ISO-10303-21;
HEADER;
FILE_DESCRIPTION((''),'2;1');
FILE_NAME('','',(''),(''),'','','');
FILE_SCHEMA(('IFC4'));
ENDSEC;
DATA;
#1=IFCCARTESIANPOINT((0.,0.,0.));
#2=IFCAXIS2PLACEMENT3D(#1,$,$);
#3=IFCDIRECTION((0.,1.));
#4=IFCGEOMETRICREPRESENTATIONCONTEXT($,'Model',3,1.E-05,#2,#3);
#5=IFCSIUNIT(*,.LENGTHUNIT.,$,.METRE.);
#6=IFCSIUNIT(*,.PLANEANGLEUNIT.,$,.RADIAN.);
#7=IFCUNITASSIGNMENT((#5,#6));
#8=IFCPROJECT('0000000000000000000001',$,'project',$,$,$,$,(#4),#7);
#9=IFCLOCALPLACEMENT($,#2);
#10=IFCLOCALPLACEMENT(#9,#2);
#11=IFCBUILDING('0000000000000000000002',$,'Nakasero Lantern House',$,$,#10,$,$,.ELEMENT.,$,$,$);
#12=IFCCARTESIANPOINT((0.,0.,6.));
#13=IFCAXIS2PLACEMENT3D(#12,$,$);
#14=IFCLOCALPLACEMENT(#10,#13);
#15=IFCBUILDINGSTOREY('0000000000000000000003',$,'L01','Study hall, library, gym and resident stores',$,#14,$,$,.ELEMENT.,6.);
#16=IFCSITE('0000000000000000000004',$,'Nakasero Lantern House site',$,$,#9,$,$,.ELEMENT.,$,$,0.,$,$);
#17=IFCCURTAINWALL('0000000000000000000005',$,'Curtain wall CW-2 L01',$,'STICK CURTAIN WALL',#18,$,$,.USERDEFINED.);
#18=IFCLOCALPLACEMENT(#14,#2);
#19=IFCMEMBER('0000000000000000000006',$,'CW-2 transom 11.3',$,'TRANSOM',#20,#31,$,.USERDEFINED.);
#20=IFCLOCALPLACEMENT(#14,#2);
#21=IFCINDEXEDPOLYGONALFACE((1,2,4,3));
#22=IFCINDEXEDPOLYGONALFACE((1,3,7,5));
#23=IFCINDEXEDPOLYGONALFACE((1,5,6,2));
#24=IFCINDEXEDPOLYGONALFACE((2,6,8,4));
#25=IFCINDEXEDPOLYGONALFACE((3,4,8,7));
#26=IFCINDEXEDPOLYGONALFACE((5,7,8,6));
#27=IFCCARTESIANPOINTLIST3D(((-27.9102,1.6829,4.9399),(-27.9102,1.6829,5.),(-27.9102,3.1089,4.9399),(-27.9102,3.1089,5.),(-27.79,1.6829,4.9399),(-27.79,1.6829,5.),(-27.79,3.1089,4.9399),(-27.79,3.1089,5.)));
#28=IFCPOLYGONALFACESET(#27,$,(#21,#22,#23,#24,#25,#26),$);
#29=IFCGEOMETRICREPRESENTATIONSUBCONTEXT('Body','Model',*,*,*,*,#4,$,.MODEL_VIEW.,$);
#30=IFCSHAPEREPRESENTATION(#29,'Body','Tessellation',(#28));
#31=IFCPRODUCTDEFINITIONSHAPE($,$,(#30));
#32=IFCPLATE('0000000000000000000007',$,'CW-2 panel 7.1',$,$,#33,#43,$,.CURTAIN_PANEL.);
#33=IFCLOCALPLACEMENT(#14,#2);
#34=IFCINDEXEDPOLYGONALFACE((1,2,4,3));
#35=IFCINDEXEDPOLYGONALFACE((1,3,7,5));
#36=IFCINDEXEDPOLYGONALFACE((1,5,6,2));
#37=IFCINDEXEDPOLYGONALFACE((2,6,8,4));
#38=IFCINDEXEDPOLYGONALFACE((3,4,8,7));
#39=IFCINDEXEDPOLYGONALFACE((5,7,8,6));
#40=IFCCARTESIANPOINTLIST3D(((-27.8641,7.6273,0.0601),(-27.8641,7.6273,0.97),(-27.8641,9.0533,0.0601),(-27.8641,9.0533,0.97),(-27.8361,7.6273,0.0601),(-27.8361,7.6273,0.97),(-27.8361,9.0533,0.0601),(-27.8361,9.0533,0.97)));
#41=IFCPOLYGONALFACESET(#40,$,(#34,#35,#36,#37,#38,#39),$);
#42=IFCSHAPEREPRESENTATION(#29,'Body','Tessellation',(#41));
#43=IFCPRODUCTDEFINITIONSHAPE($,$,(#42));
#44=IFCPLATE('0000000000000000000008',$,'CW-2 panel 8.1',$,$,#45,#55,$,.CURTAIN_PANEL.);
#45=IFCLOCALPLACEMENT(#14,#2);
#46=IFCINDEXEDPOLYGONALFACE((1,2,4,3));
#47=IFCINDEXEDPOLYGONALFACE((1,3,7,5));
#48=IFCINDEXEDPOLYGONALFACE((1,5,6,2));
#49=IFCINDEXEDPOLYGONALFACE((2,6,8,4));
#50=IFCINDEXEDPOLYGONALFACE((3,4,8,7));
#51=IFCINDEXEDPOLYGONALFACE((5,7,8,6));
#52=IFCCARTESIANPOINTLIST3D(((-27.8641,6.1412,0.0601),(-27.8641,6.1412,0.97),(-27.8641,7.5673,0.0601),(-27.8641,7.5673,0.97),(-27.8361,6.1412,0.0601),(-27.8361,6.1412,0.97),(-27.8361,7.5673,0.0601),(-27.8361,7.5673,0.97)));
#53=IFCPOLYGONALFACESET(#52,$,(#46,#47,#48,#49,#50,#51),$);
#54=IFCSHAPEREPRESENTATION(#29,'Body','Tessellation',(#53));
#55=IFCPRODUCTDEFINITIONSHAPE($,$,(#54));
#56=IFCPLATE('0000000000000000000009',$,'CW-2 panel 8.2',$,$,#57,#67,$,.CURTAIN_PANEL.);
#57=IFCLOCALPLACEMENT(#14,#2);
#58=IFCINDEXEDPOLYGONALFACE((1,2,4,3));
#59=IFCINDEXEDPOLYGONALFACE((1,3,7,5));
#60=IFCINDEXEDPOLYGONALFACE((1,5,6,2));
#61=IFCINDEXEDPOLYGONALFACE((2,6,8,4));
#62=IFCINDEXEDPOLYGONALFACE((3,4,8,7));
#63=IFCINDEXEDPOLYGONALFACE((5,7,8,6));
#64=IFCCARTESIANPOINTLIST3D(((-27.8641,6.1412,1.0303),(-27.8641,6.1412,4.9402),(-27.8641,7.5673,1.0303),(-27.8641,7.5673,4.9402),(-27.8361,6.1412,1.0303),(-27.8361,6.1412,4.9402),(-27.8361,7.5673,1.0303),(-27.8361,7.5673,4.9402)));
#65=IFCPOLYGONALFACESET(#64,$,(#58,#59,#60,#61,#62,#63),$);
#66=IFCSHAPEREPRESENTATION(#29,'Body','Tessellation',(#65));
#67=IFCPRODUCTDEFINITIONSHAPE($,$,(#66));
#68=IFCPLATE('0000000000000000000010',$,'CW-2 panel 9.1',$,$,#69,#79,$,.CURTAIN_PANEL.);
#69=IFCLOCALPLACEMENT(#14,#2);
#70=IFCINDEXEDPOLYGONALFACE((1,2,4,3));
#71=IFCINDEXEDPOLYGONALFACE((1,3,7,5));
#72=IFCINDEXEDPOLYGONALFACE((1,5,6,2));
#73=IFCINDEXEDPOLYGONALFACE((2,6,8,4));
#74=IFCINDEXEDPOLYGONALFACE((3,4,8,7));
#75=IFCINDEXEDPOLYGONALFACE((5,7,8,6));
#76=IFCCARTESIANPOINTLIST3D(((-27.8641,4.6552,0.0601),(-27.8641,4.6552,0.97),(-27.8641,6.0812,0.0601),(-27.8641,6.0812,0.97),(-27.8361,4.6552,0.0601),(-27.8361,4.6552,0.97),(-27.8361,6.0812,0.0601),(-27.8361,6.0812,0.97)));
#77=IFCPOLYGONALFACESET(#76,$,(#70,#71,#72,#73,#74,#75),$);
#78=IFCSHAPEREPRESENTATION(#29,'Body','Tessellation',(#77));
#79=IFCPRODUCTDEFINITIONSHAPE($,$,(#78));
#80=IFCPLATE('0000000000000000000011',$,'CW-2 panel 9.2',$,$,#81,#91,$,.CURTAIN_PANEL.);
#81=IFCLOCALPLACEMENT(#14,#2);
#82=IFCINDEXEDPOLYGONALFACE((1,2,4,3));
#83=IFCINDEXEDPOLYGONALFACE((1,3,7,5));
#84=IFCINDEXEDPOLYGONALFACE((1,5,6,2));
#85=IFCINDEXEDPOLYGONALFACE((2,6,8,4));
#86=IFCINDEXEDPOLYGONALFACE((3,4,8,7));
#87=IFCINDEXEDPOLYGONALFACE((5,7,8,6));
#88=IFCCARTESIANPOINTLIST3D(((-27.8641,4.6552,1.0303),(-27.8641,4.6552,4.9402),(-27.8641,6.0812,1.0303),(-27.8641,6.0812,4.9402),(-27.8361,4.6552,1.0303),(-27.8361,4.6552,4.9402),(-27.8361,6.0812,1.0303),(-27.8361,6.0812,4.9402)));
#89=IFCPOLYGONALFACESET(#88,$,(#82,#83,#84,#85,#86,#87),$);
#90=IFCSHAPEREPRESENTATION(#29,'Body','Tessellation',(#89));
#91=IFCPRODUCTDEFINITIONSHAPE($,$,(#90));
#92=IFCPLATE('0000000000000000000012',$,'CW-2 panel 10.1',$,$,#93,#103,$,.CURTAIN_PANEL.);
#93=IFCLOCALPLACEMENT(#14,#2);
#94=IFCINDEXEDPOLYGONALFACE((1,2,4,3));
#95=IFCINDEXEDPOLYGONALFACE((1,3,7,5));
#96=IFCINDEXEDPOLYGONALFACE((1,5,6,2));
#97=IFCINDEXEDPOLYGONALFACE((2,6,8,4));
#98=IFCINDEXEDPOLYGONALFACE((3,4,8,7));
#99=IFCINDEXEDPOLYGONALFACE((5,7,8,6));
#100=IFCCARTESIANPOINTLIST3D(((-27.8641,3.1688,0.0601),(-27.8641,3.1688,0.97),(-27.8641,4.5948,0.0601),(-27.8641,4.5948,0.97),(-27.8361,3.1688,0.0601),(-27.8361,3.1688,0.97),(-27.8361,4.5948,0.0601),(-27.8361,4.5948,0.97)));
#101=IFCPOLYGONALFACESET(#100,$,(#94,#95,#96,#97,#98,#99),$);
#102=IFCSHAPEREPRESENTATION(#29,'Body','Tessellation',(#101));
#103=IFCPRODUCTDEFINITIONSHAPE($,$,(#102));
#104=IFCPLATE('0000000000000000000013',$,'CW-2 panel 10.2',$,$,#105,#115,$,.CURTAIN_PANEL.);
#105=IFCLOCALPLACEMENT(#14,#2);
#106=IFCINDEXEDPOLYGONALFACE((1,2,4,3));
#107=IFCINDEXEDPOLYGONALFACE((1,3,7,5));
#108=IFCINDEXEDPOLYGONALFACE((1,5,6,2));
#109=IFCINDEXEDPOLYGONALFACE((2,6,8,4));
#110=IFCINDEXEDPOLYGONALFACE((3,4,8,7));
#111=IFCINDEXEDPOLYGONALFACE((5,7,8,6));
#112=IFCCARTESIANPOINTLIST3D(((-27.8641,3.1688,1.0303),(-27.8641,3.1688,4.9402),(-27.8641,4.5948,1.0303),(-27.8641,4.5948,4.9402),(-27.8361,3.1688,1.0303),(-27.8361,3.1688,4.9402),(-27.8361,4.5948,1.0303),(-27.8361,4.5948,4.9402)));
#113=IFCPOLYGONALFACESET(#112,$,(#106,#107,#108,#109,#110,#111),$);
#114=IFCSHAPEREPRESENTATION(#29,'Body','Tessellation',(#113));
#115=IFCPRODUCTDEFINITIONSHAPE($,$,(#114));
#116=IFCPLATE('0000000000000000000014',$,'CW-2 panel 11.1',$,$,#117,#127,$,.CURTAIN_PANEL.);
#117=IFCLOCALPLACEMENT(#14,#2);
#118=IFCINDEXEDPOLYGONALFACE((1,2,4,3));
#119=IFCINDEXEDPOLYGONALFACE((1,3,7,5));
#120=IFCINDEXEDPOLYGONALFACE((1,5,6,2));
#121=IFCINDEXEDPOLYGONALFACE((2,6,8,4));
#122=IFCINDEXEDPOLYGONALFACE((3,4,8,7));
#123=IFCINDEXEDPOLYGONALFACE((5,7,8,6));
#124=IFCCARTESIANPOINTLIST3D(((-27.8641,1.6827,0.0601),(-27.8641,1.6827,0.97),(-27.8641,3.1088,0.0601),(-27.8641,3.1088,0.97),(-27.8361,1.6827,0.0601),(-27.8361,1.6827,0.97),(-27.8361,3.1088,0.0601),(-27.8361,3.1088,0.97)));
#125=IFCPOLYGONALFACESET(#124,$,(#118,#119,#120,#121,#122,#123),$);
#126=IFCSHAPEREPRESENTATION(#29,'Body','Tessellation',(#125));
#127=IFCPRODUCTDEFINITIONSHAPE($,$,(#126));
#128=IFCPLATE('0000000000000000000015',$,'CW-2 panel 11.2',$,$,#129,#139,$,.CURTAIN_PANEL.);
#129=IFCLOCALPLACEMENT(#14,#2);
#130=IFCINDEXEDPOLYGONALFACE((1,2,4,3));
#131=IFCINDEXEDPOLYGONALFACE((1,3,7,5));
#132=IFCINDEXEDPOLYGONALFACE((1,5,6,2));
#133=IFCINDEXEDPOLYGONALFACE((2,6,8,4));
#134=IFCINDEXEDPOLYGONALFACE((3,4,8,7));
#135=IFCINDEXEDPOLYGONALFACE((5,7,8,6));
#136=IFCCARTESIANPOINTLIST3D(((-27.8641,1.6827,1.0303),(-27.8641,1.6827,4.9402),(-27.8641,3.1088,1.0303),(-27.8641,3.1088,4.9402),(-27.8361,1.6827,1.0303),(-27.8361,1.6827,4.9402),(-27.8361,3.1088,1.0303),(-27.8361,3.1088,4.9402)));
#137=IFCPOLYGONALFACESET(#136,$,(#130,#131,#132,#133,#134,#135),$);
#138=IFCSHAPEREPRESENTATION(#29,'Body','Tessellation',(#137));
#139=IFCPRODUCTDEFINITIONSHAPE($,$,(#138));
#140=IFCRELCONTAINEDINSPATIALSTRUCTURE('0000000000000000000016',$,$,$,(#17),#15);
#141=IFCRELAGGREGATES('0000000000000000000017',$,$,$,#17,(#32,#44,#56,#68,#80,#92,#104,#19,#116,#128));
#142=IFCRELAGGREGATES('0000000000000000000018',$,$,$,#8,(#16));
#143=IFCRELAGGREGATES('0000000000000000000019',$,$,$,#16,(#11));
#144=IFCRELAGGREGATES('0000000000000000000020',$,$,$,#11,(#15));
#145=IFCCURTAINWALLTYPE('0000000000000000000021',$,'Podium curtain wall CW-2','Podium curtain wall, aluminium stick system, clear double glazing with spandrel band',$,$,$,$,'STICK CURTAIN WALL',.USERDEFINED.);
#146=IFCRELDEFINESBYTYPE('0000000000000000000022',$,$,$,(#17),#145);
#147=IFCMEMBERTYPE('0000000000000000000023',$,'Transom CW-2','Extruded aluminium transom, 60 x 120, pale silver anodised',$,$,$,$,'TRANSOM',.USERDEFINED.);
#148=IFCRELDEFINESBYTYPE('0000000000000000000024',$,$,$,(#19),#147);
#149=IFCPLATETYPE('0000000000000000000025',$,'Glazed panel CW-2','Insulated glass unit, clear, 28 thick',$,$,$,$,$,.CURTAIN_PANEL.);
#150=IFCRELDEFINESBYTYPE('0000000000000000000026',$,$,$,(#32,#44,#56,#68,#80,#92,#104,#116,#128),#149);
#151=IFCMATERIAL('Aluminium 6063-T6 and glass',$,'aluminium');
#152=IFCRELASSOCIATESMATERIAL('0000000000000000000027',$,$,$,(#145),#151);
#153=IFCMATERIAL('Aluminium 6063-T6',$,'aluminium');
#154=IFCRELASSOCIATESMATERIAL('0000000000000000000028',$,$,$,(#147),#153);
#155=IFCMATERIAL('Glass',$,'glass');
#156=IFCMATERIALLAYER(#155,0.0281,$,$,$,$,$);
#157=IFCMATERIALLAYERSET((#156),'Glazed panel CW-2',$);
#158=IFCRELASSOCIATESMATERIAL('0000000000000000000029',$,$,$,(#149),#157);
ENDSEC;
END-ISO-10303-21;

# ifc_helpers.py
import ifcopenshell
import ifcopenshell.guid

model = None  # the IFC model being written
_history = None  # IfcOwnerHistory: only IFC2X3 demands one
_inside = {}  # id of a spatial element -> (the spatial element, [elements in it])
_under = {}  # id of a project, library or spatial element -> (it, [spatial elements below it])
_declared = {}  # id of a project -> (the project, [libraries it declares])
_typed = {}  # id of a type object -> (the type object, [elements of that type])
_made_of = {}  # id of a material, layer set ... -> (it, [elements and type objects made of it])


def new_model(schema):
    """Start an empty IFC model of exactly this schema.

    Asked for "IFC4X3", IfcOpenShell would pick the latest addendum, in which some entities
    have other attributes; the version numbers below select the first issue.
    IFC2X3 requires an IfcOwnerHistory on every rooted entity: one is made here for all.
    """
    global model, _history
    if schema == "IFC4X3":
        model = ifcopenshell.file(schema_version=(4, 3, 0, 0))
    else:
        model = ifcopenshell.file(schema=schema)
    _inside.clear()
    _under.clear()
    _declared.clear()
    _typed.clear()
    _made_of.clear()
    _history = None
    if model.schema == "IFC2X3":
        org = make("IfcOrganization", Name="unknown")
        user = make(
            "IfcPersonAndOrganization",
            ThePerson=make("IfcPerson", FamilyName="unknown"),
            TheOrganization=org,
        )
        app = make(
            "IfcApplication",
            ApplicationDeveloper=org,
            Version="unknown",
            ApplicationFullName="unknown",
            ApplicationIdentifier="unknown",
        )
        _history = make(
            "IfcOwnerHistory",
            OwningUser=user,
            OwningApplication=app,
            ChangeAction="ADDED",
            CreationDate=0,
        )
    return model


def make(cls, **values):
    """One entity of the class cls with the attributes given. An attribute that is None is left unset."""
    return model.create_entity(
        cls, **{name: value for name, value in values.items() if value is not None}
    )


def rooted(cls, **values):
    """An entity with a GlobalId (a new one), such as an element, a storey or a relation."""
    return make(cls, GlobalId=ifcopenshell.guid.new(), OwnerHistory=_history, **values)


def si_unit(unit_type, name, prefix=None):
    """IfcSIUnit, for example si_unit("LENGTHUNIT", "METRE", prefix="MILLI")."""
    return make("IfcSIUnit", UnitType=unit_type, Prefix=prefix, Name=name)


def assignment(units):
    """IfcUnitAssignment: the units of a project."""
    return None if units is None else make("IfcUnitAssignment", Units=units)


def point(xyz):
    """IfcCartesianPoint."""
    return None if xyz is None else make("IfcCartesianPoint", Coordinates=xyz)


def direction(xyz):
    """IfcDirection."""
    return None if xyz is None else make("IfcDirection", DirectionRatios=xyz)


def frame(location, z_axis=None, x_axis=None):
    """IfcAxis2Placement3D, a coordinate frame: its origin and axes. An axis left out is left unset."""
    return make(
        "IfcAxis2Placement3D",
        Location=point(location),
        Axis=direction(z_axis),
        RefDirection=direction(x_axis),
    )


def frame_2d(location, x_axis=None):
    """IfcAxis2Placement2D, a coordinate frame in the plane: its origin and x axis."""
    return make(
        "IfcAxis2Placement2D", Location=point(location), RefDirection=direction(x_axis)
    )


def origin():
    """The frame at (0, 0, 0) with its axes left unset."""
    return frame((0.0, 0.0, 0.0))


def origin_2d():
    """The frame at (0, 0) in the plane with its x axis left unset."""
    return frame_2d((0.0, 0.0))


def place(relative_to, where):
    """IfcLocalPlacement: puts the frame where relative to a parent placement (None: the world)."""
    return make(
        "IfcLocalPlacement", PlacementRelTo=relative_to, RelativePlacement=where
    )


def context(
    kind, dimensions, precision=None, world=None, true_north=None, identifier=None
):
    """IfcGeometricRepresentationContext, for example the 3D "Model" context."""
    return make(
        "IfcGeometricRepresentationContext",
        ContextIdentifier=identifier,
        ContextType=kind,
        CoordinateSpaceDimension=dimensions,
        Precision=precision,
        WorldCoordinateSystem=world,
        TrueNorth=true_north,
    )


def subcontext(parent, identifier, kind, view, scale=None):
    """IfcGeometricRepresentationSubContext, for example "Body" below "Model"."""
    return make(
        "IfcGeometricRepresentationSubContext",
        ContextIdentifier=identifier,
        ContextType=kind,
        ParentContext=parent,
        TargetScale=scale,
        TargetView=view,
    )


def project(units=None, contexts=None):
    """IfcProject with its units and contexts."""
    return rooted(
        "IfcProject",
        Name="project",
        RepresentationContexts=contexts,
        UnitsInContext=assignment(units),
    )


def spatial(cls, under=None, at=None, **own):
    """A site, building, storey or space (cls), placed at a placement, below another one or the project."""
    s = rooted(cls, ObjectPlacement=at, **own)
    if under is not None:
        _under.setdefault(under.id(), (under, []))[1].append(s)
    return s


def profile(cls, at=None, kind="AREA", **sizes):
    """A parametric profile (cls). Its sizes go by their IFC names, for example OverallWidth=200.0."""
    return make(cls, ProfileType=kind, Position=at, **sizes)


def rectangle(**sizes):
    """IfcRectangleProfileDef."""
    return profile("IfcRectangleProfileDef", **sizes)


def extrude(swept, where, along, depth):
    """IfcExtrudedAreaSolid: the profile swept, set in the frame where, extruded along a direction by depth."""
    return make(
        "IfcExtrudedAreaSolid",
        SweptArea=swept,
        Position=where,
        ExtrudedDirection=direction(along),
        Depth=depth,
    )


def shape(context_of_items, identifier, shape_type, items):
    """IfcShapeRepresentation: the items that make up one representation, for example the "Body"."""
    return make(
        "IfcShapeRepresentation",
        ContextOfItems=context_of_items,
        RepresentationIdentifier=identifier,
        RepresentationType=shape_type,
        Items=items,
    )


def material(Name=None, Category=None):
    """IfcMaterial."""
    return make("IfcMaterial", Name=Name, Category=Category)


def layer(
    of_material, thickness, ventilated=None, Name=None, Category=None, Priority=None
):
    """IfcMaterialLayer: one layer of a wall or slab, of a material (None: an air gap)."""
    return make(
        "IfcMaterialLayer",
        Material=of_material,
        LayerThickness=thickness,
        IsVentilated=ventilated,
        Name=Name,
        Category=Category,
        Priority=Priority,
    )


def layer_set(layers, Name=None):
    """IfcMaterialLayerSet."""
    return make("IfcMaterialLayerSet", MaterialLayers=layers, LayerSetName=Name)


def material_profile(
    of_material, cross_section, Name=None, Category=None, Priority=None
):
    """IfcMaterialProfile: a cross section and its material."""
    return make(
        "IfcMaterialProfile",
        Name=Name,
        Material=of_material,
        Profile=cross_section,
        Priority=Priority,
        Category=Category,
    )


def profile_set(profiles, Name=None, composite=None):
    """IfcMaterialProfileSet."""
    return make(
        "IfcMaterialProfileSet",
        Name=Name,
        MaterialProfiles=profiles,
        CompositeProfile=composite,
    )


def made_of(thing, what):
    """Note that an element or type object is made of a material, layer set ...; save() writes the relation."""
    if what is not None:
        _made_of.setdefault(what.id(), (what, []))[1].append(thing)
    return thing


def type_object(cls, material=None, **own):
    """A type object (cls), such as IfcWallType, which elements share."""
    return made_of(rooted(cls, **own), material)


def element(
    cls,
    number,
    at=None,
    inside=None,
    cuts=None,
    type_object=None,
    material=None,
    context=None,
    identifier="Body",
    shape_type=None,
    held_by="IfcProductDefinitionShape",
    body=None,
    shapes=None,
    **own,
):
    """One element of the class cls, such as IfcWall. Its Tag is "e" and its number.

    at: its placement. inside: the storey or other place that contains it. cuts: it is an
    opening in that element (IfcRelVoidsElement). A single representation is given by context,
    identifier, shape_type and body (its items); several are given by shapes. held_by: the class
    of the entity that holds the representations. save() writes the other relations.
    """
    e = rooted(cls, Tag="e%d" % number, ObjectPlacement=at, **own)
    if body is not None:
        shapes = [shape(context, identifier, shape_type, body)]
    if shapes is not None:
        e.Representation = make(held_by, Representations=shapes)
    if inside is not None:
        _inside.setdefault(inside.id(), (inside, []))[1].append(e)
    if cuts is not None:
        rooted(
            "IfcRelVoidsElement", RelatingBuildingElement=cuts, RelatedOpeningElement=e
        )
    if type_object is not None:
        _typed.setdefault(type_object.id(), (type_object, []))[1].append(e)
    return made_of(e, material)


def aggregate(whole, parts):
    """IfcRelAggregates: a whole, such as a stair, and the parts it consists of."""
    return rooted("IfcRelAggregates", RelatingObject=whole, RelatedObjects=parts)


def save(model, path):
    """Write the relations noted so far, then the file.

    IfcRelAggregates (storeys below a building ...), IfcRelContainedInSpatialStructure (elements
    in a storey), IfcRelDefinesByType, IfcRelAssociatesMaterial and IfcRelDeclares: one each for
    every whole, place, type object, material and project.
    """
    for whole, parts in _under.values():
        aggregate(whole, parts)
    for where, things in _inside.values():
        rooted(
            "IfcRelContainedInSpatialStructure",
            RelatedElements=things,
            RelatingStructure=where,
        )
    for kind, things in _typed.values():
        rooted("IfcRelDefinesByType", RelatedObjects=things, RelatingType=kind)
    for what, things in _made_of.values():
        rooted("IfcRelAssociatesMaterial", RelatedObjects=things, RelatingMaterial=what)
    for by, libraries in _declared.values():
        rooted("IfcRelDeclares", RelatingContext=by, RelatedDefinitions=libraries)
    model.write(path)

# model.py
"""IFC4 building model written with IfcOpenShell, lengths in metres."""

from ifc_helpers import new_model, si_unit, direction, frame, origin, origin_2d, place, context, subcontext, project, spatial, rectangle, extrude, material, layer, layer_set, material_profile, profile_set, type_object, element, aggregate, save


model = new_model("IFC4")

# Units and contexts
model_context = context("Model", 3, precision=1e-05, world=origin(), true_north=direction((0.0, 1.0)))
body_context = subcontext(model_context, "Body", "Model", "MODEL_VIEW")
ifc_project = project(units=[si_unit("LENGTHUNIT", "METRE"), si_unit("PLANEANGLEUNIT", "RADIAN")], contexts=[model_context])

# Site, building, storey
site_placement = place(None, origin())
site = spatial("IfcSite", under=ifc_project, at=site_placement, Name="Nakasero Lantern House site", CompositionType="ELEMENT", RefElevation=0.0)
building_placement = place(site_placement, origin())
building = spatial("IfcBuilding", under=site, at=building_placement, Name="Nakasero Lantern House", CompositionType="ELEMENT")
storey_placement = place(building_placement, frame((0.0, 0.0, 6.0)))
storey = spatial("IfcBuildingStorey", under=building, at=storey_placement, Name="L01", Description="Study hall, library, gym and resident stores", CompositionType="ELEMENT", Elevation=6.0)

# Curtain wall
ifc_material_1 = material(Name="Aluminium 6063-T6 and glass", Category="aluminium")
curtain_wall_type = type_object("IfcCurtainWallType", Name="Podium curtain wall CW-2", Description="Podium curtain wall, aluminium stick system, clear double glazing with spandrel band", ElementType="STICK CURTAIN WALL", PredefinedType="USERDEFINED", material=ifc_material_1)
curtain_wall_placement = place(storey_placement, origin())
curtain_wall = element("IfcCurtainWall", 1, at=curtain_wall_placement, inside=storey, type_object=curtain_wall_type, Name="Curtain wall CW-2 L01", ObjectType="STICK CURTAIN WALL", PredefinedType="USERDEFINED")

# Member
ifc_material_2 = material(Name="Aluminium 6063-T6", Category="aluminium")
ifc_material_profile_1 = material_profile(ifc_material_2, rectangle(XDim=0.0601, YDim=0.1201, at=origin_2d()), Name="CW-2 transom 60x120")
ifc_profile_set_1 = profile_set([ifc_material_profile_1], Name="Aluminium 6063-T6")
member_type_1 = type_object("IfcMemberType", Name="Transom CW-2", Description="Extruded aluminium transom, 60 x 120, pale silver anodised", ElementType="TRANSOM", PredefinedType="USERDEFINED", material=ifc_profile_set_1)
member_1_placement = place(storey_placement, frame((-27.8501, 3.1089, 4.97), z_axis=(0.0, -1.0, 0.0), x_axis=(0.0, 0.0, 1.0)))
member_1 = element("IfcMember", 2, at=member_1_placement, type_object=member_type_1, Name="CW-2 transom 11.3", ObjectType="TRANSOM", PredefinedType="USERDEFINED", context=body_context, shape_type="SweptSolid", body=[
    extrude(rectangle(XDim=0.0601, YDim=0.1201, at=origin_2d()), origin(), (0.0, 0.0, 1.0), 1.426),
])

# Plates
ifc_material_3 = material(Name="Glass", Category="glass")
ifc_layer = layer(ifc_material_3, 0.0281)
ifc_layer_set = layer_set([ifc_layer], Name="Glazed panel CW-2")
plate_type = type_object("IfcPlateType", Name="Glazed panel CW-2", Description="Insulated glass unit, clear, 28 thick", PredefinedType="CURTAIN_PANEL", material=ifc_layer_set)
plate_1_placement = place(storey_placement, frame((-27.8501, 8.3403, 0.0601), z_axis=(0.0, 0.0, 1.0), x_axis=(0.0, -1.0, 0.0)))
plate_1 = element("IfcPlate", 3, at=plate_1_placement, type_object=plate_type, Name="CW-2 panel 7.1", PredefinedType="CURTAIN_PANEL", context=body_context, shape_type="SweptSolid", body=[
    extrude(rectangle(XDim=1.426, YDim=0.0281, at=origin_2d()), origin(), (0.0, 0.0, 1.0), 0.9099),
])
plate_2_placement = place(storey_placement, frame((-27.8501, 6.8542, 0.0601), z_axis=(0.0, 0.0, 1.0), x_axis=(0.0, -1.0, 0.0)))
plate_2 = element("IfcPlate", 4, at=plate_2_placement, type_object=plate_type, Name="CW-2 panel 8.1", PredefinedType="CURTAIN_PANEL", context=body_context, shape_type="SweptSolid", body=[
    extrude(rectangle(XDim=1.426, YDim=0.0281, at=origin_2d()), origin(), (0.0, 0.0, 1.0), 0.9099),
])
plate_3_placement = place(storey_placement, frame((-27.8501, 6.8542, 1.0303), z_axis=(0.0, 0.0, 1.0), x_axis=(0.0, -1.0, 0.0)))
plate_3 = element("IfcPlate", 5, at=plate_3_placement, type_object=plate_type, Name="CW-2 panel 8.2", PredefinedType="CURTAIN_PANEL", context=body_context, shape_type="SweptSolid", body=[
    extrude(rectangle(XDim=1.426, YDim=0.0281, at=origin_2d()), origin(), (0.0, 0.0, 1.0), 3.9099),
])
plate_4_placement = place(storey_placement, frame((-27.8501, 5.3682, 0.0601), z_axis=(0.0, 0.0, 1.0), x_axis=(0.0, -1.0, 0.0)))
plate_4 = element("IfcPlate", 6, at=plate_4_placement, type_object=plate_type, Name="CW-2 panel 9.1", PredefinedType="CURTAIN_PANEL", context=body_context, shape_type="SweptSolid", body=[
    extrude(rectangle(XDim=1.426, YDim=0.0281, at=origin_2d()), origin(), (0.0, 0.0, 1.0), 0.9099),
])
plate_5_placement = place(storey_placement, frame((-27.8501, 5.3682, 1.0303), z_axis=(0.0, 0.0, 1.0), x_axis=(0.0, -1.0, 0.0)))
plate_5 = element("IfcPlate", 7, at=plate_5_placement, type_object=plate_type, Name="CW-2 panel 9.2", PredefinedType="CURTAIN_PANEL", context=body_context, shape_type="SweptSolid", body=[
    extrude(rectangle(XDim=1.426, YDim=0.0281, at=origin_2d()), origin(), (0.0, 0.0, 1.0), 3.9099),
])
plate_6_placement = place(storey_placement, frame((-27.8501, 3.8818, 0.0601), z_axis=(0.0, 0.0, 1.0), x_axis=(0.0, -1.0, 0.0)))
plate_6 = element("IfcPlate", 8, at=plate_6_placement, type_object=plate_type, Name="CW-2 panel 10.1", PredefinedType="CURTAIN_PANEL", context=body_context, shape_type="SweptSolid", body=[
    extrude(rectangle(XDim=1.426, YDim=0.0281, at=origin_2d()), origin(), (0.0, 0.0, 1.0), 0.9099),
])
plate_7_placement = place(storey_placement, frame((-27.8501, 3.8818, 1.0303), z_axis=(0.0, 0.0, 1.0), x_axis=(0.0, -1.0, 0.0)))
plate_7 = element("IfcPlate", 9, at=plate_7_placement, type_object=plate_type, Name="CW-2 panel 10.2", PredefinedType="CURTAIN_PANEL", context=body_context, shape_type="SweptSolid", body=[
    extrude(rectangle(XDim=1.426, YDim=0.0281, at=origin_2d()), origin(), (0.0, 0.0, 1.0), 3.9099),
])
plate_8_placement = place(storey_placement, frame((-27.8501, 2.3958, 0.0601), z_axis=(0.0, 0.0, 1.0), x_axis=(0.0, -1.0, 0.0)))
plate_8 = element("IfcPlate", 10, at=plate_8_placement, type_object=plate_type, Name="CW-2 panel 11.1", PredefinedType="CURTAIN_PANEL", context=body_context, shape_type="SweptSolid", body=[
    extrude(rectangle(XDim=1.426, YDim=0.0281, at=origin_2d()), origin(), (0.0, 0.0, 1.0), 0.9099),
])
plate_9_placement = place(storey_placement, frame((-27.8501, 2.3958, 1.0303), z_axis=(0.0, 0.0, 1.0), x_axis=(0.0, -1.0, 0.0)))
plate_9 = element("IfcPlate", 11, at=plate_9_placement, type_object=plate_type, Name="CW-2 panel 11.2", PredefinedType="CURTAIN_PANEL", context=body_context, shape_type="SweptSolid", body=[
    extrude(rectangle(XDim=1.426, YDim=0.0281, at=origin_2d()), origin(), (0.0, 0.0, 1.0), 3.9099),
])
aggregate(curtain_wall, [plate_1, plate_2, plate_3, plate_4, plate_5, plate_6, plate_7, member_1, plate_8, plate_9])

save(model, "model.ifc")
